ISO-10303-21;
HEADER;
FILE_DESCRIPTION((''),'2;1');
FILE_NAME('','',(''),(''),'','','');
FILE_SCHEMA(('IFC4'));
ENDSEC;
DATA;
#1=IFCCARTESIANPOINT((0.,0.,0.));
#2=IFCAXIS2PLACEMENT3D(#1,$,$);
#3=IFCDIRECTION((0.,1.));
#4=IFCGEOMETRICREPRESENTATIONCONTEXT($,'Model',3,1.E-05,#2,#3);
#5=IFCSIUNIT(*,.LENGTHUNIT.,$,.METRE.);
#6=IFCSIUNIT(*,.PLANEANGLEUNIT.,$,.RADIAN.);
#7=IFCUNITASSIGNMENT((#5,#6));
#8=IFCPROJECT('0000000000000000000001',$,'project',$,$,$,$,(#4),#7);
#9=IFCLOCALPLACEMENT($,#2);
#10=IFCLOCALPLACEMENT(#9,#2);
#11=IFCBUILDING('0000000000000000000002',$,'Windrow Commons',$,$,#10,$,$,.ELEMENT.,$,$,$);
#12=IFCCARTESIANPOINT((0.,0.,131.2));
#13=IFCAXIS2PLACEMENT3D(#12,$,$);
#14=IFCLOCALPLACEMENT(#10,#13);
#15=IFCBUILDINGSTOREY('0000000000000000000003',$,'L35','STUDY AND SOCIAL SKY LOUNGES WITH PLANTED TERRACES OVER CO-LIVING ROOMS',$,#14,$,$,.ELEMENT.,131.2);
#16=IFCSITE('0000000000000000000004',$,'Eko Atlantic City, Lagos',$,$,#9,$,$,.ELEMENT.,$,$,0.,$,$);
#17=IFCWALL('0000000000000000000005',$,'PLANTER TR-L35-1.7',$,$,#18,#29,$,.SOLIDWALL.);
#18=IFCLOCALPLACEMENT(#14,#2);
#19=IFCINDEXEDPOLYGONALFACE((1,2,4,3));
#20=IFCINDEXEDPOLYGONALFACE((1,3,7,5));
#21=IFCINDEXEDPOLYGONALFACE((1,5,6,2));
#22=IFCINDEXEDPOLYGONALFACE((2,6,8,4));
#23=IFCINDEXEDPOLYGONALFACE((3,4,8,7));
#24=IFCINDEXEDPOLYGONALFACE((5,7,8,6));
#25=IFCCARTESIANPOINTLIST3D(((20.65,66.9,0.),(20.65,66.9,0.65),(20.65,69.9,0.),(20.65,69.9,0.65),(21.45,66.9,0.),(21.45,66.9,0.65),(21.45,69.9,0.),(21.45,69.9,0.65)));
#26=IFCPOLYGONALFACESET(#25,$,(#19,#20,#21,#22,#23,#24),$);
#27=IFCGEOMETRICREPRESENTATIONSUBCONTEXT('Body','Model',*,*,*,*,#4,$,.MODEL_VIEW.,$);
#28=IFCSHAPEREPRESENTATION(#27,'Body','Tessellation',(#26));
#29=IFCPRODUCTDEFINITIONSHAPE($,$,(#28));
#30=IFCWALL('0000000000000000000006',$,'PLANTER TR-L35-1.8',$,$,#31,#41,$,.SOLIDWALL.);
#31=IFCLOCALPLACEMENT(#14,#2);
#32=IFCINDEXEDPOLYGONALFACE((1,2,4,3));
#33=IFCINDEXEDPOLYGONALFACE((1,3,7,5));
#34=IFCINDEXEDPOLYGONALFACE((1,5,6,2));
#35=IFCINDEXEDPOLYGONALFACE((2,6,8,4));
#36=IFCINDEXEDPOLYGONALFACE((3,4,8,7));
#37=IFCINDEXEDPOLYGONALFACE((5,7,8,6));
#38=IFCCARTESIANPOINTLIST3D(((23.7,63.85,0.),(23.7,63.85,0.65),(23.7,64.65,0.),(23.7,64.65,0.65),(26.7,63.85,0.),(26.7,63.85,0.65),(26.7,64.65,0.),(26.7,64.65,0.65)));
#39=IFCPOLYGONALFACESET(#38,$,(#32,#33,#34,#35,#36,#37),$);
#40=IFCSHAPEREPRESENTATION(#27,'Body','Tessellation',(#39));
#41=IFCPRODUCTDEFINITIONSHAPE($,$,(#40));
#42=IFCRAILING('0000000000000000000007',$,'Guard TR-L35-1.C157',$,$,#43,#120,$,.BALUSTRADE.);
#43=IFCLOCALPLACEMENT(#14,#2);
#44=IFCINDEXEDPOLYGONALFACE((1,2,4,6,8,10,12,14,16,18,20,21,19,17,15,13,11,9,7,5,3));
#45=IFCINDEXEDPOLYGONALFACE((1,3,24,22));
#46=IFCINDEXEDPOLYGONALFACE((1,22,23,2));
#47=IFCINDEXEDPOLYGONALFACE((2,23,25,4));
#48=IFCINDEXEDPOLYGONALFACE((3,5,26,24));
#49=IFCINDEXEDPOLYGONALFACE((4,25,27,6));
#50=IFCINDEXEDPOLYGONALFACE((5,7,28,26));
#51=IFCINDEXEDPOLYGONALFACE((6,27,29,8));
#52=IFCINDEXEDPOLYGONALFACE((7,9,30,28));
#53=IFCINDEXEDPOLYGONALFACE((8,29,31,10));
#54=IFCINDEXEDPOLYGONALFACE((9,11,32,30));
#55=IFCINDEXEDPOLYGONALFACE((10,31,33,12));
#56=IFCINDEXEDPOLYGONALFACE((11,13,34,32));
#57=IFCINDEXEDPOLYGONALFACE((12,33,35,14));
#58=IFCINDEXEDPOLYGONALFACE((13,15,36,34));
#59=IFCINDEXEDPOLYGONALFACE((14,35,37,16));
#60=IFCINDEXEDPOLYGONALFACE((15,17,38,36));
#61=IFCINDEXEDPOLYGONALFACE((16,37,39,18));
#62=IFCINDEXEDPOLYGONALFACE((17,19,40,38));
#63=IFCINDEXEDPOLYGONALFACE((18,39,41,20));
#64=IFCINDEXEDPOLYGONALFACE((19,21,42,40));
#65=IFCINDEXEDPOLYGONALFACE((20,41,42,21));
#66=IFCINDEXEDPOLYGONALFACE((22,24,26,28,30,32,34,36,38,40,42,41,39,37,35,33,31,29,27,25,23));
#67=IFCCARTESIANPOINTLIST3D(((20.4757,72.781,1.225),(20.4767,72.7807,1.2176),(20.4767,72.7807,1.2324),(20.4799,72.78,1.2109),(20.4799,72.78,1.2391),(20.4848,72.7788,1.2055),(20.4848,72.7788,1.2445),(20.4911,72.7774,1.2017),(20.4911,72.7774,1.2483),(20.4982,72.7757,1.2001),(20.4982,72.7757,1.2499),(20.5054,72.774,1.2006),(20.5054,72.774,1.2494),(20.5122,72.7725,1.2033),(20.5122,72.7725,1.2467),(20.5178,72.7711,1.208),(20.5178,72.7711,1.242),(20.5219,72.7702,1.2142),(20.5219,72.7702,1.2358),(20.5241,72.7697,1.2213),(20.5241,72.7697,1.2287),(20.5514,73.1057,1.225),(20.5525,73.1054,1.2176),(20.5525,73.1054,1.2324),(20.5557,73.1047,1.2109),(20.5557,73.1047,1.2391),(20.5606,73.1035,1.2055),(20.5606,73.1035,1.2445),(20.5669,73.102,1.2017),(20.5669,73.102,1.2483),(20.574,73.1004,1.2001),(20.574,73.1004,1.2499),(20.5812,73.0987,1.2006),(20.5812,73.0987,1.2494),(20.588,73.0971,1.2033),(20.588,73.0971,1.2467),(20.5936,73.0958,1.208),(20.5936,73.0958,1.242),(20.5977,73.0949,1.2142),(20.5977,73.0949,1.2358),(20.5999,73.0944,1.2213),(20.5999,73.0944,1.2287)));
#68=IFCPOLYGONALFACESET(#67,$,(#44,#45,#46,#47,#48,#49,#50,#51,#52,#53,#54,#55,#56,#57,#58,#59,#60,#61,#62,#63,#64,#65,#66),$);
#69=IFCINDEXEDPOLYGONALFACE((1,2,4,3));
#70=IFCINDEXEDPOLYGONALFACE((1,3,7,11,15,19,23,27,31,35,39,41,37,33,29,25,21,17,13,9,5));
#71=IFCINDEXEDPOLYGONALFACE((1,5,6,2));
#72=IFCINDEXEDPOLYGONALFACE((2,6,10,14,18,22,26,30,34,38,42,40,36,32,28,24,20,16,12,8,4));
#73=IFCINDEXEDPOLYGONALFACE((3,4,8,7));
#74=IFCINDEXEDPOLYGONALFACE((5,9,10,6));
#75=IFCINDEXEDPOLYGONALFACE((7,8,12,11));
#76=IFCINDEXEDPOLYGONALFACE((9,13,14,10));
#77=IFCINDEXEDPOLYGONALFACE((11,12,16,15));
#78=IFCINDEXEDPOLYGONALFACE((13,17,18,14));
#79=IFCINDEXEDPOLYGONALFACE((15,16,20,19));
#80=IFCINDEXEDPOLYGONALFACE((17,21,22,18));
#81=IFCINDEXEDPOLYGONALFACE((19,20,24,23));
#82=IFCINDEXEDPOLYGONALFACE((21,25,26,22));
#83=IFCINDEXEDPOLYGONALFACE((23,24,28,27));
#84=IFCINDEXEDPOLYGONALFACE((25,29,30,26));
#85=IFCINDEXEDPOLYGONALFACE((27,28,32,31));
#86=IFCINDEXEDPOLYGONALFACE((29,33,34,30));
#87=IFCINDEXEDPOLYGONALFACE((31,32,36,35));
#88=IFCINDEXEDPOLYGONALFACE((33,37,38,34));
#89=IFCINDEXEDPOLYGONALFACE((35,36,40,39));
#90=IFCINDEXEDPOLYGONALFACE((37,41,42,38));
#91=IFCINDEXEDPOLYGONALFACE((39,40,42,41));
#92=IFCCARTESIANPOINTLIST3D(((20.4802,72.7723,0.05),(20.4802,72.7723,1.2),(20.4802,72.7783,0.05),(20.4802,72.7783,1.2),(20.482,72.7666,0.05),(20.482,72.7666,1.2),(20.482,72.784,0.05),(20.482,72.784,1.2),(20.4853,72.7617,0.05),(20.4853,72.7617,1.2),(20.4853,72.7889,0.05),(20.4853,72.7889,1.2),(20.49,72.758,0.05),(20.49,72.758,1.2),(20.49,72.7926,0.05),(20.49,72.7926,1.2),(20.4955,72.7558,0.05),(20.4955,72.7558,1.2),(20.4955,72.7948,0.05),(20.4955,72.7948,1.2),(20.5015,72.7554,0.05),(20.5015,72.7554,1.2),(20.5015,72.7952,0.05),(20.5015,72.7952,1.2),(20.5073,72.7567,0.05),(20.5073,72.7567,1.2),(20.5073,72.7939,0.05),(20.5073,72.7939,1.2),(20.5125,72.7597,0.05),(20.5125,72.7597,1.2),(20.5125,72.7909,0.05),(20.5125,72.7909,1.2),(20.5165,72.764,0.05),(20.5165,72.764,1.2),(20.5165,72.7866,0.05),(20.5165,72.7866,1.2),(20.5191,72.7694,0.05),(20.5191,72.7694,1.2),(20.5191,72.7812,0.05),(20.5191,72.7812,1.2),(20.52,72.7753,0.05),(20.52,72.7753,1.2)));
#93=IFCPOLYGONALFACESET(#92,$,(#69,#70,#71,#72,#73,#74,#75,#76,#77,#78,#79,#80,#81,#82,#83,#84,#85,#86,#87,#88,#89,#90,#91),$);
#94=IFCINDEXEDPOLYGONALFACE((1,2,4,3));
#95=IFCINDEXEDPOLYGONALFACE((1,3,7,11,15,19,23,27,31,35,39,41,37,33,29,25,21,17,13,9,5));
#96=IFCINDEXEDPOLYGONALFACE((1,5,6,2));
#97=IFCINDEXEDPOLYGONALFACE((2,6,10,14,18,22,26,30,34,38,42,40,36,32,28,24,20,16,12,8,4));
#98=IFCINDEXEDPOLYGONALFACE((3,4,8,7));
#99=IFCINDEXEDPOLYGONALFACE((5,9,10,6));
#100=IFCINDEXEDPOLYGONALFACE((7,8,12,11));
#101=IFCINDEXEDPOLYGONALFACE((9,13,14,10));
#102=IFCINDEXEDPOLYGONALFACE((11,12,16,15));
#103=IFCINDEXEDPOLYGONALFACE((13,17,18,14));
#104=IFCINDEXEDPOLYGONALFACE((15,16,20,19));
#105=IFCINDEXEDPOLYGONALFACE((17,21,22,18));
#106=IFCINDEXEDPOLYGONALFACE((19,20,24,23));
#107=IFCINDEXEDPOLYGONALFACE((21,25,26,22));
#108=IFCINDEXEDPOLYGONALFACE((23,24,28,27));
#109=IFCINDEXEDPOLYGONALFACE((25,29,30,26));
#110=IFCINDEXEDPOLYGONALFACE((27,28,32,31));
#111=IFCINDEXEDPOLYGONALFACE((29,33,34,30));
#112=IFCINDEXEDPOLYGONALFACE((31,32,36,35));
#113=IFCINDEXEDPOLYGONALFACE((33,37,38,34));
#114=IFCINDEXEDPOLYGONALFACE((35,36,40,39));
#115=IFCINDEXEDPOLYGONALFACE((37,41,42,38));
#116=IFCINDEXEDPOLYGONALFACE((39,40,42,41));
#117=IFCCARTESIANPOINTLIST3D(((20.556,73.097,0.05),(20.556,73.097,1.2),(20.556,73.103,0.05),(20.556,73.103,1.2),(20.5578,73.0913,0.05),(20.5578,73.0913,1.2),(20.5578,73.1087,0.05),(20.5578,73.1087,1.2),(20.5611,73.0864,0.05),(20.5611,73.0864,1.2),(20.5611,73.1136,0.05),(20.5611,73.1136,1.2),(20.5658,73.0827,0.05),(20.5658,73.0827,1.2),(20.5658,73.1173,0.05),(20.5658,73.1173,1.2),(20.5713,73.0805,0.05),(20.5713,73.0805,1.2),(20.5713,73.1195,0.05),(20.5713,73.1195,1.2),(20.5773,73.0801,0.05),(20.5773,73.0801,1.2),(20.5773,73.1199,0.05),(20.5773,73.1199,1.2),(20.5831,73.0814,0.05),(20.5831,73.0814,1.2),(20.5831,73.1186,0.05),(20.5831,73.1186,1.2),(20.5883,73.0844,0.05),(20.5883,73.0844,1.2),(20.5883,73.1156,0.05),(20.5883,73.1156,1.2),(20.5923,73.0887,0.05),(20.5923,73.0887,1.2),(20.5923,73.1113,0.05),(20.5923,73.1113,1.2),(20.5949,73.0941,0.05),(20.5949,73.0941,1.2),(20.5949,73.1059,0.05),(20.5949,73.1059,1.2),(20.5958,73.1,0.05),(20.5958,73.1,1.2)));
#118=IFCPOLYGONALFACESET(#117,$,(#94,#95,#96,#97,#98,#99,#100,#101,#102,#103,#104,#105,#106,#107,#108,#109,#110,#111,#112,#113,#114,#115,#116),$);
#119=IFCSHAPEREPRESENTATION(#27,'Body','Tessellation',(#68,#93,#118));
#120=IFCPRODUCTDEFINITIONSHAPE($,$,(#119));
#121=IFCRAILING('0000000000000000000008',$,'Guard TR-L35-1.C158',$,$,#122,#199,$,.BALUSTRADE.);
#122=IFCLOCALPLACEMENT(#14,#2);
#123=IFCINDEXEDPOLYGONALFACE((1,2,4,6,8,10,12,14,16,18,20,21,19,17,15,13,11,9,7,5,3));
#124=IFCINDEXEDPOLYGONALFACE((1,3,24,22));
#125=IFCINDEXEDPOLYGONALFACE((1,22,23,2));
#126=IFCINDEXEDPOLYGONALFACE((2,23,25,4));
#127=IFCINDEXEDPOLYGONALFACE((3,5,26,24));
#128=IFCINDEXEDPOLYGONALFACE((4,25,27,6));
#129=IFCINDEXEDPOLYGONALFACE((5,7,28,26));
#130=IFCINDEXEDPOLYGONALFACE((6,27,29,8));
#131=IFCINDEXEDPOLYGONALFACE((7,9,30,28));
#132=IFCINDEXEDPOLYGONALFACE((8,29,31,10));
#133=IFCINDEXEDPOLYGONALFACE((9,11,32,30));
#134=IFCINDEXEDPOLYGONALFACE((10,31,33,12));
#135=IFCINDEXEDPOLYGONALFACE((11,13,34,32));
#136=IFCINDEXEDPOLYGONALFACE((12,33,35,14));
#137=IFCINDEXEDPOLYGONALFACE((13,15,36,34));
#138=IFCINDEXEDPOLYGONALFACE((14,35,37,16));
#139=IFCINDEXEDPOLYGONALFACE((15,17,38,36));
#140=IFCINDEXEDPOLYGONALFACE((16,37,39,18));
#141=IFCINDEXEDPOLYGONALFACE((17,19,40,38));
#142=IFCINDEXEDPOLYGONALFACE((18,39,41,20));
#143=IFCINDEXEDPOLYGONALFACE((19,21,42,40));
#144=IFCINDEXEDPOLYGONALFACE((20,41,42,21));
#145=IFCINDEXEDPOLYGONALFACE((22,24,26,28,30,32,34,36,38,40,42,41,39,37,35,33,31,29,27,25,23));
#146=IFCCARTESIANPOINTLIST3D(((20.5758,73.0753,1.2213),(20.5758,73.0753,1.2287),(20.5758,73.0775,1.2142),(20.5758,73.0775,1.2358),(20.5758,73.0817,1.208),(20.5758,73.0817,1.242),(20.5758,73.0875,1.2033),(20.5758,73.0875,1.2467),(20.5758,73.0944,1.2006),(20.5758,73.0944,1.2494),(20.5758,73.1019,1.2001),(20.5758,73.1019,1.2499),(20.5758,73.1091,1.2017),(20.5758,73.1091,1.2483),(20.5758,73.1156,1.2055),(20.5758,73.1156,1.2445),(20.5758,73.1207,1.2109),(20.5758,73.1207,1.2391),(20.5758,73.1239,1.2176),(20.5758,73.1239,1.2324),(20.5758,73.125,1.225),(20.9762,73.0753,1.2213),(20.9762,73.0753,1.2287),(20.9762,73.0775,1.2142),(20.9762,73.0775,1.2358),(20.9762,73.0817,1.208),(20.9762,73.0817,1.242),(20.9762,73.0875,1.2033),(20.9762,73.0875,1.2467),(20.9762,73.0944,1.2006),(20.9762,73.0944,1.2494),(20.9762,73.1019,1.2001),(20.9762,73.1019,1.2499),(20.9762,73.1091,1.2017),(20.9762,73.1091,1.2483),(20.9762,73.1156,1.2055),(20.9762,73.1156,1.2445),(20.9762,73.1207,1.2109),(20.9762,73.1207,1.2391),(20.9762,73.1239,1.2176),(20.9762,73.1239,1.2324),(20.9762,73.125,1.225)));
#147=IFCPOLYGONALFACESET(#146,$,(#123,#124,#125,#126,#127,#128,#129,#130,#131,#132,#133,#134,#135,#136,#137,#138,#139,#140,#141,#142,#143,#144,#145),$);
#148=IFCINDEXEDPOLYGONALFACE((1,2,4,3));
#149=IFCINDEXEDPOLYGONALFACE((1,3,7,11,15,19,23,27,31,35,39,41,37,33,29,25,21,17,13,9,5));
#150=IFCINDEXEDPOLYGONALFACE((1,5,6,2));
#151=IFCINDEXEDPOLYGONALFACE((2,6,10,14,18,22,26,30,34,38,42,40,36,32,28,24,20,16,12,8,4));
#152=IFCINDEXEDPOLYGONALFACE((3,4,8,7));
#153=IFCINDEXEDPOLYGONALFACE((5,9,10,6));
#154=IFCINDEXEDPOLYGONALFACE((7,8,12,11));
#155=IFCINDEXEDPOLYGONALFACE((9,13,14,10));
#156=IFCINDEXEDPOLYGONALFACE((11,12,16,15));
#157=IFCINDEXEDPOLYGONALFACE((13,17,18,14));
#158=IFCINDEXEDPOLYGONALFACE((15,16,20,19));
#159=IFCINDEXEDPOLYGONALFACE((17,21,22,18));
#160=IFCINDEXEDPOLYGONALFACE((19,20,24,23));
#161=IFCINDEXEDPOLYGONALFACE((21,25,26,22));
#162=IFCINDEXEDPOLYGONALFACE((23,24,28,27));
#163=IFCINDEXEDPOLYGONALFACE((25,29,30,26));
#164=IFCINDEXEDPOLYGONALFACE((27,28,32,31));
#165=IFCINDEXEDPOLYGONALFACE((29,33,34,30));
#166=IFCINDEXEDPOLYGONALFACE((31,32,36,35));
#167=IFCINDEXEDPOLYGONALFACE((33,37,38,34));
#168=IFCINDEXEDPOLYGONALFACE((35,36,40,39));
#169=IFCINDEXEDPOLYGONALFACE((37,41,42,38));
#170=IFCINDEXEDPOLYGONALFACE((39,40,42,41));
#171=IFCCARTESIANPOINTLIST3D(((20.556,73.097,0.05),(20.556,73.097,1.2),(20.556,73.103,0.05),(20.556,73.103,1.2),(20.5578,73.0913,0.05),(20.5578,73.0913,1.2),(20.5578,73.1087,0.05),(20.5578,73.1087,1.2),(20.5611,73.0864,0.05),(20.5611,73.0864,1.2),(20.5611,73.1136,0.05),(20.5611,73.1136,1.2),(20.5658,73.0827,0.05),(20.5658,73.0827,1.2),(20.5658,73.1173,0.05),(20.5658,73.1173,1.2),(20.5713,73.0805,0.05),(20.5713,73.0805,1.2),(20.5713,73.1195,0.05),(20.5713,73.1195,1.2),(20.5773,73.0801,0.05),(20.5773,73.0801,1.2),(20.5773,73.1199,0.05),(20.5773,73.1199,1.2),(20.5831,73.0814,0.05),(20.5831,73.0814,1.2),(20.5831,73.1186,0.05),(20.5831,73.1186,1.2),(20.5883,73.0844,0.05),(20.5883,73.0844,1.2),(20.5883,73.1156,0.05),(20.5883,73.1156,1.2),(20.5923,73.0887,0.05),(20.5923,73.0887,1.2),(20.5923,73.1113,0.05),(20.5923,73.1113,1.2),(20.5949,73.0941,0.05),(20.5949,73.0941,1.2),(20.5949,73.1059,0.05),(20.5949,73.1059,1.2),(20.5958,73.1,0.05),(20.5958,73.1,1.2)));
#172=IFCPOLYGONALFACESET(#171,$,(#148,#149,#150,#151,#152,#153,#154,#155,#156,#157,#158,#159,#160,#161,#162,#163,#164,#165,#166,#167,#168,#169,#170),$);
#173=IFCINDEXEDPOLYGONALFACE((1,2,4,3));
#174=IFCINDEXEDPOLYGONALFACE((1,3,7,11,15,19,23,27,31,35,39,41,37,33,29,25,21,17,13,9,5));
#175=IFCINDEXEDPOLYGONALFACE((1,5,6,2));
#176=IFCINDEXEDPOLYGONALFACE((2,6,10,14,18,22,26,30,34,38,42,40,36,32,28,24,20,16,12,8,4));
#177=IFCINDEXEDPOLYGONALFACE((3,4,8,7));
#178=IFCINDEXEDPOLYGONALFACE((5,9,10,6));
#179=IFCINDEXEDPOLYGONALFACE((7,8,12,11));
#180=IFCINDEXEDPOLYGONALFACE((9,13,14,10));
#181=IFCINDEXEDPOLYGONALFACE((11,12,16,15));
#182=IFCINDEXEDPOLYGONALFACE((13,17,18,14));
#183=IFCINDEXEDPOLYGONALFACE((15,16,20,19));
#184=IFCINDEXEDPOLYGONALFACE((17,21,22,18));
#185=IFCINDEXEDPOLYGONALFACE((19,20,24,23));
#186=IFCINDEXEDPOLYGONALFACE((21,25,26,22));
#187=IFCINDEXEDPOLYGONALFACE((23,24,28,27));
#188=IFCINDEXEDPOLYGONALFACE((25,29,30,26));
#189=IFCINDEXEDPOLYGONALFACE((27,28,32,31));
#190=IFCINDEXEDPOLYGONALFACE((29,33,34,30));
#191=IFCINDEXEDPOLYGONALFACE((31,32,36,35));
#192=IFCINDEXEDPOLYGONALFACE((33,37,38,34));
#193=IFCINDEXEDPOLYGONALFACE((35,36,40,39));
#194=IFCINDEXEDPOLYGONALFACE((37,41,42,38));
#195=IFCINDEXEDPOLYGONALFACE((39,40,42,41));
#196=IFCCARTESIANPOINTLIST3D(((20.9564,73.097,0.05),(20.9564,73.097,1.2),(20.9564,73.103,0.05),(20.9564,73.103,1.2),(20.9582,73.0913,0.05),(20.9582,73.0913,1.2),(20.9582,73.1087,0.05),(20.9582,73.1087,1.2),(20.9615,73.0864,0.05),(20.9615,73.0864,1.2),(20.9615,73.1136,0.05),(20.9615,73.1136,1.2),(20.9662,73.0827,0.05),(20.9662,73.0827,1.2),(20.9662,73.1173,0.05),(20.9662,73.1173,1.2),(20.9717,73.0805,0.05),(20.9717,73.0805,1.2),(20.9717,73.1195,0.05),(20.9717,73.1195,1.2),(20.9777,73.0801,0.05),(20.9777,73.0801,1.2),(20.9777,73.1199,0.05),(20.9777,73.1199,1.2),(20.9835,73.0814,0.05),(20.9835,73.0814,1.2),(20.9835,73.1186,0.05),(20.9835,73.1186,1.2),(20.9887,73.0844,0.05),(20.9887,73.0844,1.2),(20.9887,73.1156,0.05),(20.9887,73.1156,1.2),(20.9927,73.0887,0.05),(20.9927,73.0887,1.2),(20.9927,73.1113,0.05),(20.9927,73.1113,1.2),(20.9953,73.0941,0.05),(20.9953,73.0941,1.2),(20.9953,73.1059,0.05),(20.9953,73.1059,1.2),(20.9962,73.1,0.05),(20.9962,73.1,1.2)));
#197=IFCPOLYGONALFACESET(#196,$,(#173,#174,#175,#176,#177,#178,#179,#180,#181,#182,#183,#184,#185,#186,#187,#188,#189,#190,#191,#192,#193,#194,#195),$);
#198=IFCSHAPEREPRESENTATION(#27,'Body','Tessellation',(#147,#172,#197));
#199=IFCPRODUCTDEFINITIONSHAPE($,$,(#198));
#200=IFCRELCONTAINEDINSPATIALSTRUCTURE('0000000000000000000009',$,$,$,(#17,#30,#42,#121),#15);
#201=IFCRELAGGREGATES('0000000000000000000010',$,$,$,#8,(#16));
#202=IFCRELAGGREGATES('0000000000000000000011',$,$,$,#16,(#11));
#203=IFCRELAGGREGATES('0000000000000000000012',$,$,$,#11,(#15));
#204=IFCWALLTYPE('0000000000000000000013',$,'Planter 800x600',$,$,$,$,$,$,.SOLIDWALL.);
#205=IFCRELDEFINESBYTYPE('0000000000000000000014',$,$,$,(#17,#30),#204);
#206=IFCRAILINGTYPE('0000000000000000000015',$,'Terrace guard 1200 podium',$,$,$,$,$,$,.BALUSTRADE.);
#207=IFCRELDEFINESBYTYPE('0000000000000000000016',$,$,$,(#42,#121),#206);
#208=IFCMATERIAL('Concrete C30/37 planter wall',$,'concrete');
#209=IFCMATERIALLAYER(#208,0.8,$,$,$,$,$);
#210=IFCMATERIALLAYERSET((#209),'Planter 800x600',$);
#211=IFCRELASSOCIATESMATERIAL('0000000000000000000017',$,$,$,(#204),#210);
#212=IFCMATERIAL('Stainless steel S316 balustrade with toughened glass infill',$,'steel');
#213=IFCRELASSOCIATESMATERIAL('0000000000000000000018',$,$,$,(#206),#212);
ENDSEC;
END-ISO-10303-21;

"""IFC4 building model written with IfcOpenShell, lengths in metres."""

from ifc_helpers import new_model, si_unit, direction, frame, frame_2d, origin, origin_2d, place, context, subcontext, project, spatial, rectangle, circle, extrude, material, layer, layer_set, type_object, element, save


model = new_model("IFC4")

# Units and contexts
model_context = context("Model", 3, precision=1e-05, world=origin(), true_north=direction((0.0, 1.0)))
body_context = subcontext(model_context, "Body", "Model", "MODEL_VIEW")
ifc_project = project(units=[si_unit("LENGTHUNIT", "METRE"), si_unit("PLANEANGLEUNIT", "RADIAN")], contexts=[model_context])

# Site, building, storey
site_placement = place(None, origin())
site = spatial("IfcSite", under=ifc_project, at=site_placement, Name="Eko Atlantic City, Lagos", CompositionType="ELEMENT", RefElevation=0.0)
building_placement = place(site_placement, origin())
building = spatial("IfcBuilding", under=site, at=building_placement, Name="Windrow Commons", CompositionType="ELEMENT")
storey_placement = place(building_placement, frame((0.0, 0.0, 131.2)))
storey = spatial("IfcBuildingStorey", under=building, at=storey_placement, Name="L35", Description="STUDY AND SOCIAL SKY LOUNGES WITH PLANTED TERRACES OVER CO-LIVING ROOMS", CompositionType="ELEMENT", Elevation=131.2)

# Walls
ifc_material_1 = material(Name="Concrete C30/37 planter wall", Category="concrete")
ifc_layer_1 = layer(ifc_material_1, 0.8)
ifc_layer_set_1 = layer_set([ifc_layer_1], Name="Planter 800x600")
wall_type = type_object("IfcWallType", Name="Planter 800x600", PredefinedType="SOLIDWALL", material=ifc_layer_set_1)
for number, where, z_axis, x_axis, name in (
    (1, (21.05, 69.9, 0.0), (0.0, 0.0, 1.0), (0.0, -1.0, 0.0), "PLANTER TR-L35-1.7"),
    (2, (23.7, 64.25, 0.0), (0.0, 0.0, 1.0), (1.0, 0.0, 0.0), "PLANTER TR-L35-1.8"),
):
    element("IfcWall", number, at=place(storey_placement, frame(where, z_axis=z_axis, x_axis=x_axis)), inside=storey, type_object=wall_type, Name=name, PredefinedType="SOLIDWALL", context=body_context, shape_type="SweptSolid", body=[
        extrude(rectangle(XDim=3.0, YDim=0.8, at=frame_2d((1.5, 0.0))), origin(), (0.0, 0.0, 1.0), 0.65),
    ])

# Railings
ifc_material_2 = material(Name="Stainless steel S316 balustrade with toughened glass infill", Category="steel")
railing_type = type_object("IfcRailingType", Name="Terrace guard 1200 podium", PredefinedType="BALUSTRADE", material=ifc_material_2)
railing_1_placement = place(storey_placement, frame((20.5, 72.7753, 0.05)))
element("IfcRailing", 3, at=railing_1_placement, inside=storey, type_object=railing_type, Name="Guard TR-L35-1.C157", PredefinedType="BALUSTRADE", context=body_context, shape_type="SweptSolid", body=[
    extrude(circle(Radius=0.025, at=origin_2d()), frame((0.0, 0.0, 1.175), z_axis=(0.227334, 0.973817, 0.0), x_axis=(-0.973817, 0.227334, 0.0)), (0.0, 0.0, 1.0), 0.3334),
    extrude(circle(Radius=0.02, at=origin_2d()), origin(), (0.0, 0.0, 1.0), 1.15),
    extrude(circle(Radius=0.02, at=origin_2d()), frame((0.0758, 0.3247, 0.0)), (0.0, 0.0, 1.0), 1.15),
])
railing_2_placement = place(storey_placement, frame((20.5758, 73.1, 0.05)))
element("IfcRailing", 4, at=railing_2_placement, inside=storey, type_object=railing_type, Name="Guard TR-L35-1.C158", PredefinedType="BALUSTRADE", context=body_context, shape_type="SweptSolid", body=[
    extrude(circle(Radius=0.025, at=origin_2d()), frame((0.0, 0.0, 1.175), z_axis=(1.0, 0.0, 0.0), x_axis=(0.0, 1.0, 0.0)), (0.0, 0.0, 1.0), 0.4004),
    extrude(circle(Radius=0.02, at=origin_2d()), origin(), (0.0, 0.0, 1.0), 1.15),
    extrude(circle(Radius=0.02, at=origin_2d()), frame((0.4004, 0.0, 0.0)), (0.0, 0.0, 1.0), 1.15),
])

save(model, "model.ifc")
